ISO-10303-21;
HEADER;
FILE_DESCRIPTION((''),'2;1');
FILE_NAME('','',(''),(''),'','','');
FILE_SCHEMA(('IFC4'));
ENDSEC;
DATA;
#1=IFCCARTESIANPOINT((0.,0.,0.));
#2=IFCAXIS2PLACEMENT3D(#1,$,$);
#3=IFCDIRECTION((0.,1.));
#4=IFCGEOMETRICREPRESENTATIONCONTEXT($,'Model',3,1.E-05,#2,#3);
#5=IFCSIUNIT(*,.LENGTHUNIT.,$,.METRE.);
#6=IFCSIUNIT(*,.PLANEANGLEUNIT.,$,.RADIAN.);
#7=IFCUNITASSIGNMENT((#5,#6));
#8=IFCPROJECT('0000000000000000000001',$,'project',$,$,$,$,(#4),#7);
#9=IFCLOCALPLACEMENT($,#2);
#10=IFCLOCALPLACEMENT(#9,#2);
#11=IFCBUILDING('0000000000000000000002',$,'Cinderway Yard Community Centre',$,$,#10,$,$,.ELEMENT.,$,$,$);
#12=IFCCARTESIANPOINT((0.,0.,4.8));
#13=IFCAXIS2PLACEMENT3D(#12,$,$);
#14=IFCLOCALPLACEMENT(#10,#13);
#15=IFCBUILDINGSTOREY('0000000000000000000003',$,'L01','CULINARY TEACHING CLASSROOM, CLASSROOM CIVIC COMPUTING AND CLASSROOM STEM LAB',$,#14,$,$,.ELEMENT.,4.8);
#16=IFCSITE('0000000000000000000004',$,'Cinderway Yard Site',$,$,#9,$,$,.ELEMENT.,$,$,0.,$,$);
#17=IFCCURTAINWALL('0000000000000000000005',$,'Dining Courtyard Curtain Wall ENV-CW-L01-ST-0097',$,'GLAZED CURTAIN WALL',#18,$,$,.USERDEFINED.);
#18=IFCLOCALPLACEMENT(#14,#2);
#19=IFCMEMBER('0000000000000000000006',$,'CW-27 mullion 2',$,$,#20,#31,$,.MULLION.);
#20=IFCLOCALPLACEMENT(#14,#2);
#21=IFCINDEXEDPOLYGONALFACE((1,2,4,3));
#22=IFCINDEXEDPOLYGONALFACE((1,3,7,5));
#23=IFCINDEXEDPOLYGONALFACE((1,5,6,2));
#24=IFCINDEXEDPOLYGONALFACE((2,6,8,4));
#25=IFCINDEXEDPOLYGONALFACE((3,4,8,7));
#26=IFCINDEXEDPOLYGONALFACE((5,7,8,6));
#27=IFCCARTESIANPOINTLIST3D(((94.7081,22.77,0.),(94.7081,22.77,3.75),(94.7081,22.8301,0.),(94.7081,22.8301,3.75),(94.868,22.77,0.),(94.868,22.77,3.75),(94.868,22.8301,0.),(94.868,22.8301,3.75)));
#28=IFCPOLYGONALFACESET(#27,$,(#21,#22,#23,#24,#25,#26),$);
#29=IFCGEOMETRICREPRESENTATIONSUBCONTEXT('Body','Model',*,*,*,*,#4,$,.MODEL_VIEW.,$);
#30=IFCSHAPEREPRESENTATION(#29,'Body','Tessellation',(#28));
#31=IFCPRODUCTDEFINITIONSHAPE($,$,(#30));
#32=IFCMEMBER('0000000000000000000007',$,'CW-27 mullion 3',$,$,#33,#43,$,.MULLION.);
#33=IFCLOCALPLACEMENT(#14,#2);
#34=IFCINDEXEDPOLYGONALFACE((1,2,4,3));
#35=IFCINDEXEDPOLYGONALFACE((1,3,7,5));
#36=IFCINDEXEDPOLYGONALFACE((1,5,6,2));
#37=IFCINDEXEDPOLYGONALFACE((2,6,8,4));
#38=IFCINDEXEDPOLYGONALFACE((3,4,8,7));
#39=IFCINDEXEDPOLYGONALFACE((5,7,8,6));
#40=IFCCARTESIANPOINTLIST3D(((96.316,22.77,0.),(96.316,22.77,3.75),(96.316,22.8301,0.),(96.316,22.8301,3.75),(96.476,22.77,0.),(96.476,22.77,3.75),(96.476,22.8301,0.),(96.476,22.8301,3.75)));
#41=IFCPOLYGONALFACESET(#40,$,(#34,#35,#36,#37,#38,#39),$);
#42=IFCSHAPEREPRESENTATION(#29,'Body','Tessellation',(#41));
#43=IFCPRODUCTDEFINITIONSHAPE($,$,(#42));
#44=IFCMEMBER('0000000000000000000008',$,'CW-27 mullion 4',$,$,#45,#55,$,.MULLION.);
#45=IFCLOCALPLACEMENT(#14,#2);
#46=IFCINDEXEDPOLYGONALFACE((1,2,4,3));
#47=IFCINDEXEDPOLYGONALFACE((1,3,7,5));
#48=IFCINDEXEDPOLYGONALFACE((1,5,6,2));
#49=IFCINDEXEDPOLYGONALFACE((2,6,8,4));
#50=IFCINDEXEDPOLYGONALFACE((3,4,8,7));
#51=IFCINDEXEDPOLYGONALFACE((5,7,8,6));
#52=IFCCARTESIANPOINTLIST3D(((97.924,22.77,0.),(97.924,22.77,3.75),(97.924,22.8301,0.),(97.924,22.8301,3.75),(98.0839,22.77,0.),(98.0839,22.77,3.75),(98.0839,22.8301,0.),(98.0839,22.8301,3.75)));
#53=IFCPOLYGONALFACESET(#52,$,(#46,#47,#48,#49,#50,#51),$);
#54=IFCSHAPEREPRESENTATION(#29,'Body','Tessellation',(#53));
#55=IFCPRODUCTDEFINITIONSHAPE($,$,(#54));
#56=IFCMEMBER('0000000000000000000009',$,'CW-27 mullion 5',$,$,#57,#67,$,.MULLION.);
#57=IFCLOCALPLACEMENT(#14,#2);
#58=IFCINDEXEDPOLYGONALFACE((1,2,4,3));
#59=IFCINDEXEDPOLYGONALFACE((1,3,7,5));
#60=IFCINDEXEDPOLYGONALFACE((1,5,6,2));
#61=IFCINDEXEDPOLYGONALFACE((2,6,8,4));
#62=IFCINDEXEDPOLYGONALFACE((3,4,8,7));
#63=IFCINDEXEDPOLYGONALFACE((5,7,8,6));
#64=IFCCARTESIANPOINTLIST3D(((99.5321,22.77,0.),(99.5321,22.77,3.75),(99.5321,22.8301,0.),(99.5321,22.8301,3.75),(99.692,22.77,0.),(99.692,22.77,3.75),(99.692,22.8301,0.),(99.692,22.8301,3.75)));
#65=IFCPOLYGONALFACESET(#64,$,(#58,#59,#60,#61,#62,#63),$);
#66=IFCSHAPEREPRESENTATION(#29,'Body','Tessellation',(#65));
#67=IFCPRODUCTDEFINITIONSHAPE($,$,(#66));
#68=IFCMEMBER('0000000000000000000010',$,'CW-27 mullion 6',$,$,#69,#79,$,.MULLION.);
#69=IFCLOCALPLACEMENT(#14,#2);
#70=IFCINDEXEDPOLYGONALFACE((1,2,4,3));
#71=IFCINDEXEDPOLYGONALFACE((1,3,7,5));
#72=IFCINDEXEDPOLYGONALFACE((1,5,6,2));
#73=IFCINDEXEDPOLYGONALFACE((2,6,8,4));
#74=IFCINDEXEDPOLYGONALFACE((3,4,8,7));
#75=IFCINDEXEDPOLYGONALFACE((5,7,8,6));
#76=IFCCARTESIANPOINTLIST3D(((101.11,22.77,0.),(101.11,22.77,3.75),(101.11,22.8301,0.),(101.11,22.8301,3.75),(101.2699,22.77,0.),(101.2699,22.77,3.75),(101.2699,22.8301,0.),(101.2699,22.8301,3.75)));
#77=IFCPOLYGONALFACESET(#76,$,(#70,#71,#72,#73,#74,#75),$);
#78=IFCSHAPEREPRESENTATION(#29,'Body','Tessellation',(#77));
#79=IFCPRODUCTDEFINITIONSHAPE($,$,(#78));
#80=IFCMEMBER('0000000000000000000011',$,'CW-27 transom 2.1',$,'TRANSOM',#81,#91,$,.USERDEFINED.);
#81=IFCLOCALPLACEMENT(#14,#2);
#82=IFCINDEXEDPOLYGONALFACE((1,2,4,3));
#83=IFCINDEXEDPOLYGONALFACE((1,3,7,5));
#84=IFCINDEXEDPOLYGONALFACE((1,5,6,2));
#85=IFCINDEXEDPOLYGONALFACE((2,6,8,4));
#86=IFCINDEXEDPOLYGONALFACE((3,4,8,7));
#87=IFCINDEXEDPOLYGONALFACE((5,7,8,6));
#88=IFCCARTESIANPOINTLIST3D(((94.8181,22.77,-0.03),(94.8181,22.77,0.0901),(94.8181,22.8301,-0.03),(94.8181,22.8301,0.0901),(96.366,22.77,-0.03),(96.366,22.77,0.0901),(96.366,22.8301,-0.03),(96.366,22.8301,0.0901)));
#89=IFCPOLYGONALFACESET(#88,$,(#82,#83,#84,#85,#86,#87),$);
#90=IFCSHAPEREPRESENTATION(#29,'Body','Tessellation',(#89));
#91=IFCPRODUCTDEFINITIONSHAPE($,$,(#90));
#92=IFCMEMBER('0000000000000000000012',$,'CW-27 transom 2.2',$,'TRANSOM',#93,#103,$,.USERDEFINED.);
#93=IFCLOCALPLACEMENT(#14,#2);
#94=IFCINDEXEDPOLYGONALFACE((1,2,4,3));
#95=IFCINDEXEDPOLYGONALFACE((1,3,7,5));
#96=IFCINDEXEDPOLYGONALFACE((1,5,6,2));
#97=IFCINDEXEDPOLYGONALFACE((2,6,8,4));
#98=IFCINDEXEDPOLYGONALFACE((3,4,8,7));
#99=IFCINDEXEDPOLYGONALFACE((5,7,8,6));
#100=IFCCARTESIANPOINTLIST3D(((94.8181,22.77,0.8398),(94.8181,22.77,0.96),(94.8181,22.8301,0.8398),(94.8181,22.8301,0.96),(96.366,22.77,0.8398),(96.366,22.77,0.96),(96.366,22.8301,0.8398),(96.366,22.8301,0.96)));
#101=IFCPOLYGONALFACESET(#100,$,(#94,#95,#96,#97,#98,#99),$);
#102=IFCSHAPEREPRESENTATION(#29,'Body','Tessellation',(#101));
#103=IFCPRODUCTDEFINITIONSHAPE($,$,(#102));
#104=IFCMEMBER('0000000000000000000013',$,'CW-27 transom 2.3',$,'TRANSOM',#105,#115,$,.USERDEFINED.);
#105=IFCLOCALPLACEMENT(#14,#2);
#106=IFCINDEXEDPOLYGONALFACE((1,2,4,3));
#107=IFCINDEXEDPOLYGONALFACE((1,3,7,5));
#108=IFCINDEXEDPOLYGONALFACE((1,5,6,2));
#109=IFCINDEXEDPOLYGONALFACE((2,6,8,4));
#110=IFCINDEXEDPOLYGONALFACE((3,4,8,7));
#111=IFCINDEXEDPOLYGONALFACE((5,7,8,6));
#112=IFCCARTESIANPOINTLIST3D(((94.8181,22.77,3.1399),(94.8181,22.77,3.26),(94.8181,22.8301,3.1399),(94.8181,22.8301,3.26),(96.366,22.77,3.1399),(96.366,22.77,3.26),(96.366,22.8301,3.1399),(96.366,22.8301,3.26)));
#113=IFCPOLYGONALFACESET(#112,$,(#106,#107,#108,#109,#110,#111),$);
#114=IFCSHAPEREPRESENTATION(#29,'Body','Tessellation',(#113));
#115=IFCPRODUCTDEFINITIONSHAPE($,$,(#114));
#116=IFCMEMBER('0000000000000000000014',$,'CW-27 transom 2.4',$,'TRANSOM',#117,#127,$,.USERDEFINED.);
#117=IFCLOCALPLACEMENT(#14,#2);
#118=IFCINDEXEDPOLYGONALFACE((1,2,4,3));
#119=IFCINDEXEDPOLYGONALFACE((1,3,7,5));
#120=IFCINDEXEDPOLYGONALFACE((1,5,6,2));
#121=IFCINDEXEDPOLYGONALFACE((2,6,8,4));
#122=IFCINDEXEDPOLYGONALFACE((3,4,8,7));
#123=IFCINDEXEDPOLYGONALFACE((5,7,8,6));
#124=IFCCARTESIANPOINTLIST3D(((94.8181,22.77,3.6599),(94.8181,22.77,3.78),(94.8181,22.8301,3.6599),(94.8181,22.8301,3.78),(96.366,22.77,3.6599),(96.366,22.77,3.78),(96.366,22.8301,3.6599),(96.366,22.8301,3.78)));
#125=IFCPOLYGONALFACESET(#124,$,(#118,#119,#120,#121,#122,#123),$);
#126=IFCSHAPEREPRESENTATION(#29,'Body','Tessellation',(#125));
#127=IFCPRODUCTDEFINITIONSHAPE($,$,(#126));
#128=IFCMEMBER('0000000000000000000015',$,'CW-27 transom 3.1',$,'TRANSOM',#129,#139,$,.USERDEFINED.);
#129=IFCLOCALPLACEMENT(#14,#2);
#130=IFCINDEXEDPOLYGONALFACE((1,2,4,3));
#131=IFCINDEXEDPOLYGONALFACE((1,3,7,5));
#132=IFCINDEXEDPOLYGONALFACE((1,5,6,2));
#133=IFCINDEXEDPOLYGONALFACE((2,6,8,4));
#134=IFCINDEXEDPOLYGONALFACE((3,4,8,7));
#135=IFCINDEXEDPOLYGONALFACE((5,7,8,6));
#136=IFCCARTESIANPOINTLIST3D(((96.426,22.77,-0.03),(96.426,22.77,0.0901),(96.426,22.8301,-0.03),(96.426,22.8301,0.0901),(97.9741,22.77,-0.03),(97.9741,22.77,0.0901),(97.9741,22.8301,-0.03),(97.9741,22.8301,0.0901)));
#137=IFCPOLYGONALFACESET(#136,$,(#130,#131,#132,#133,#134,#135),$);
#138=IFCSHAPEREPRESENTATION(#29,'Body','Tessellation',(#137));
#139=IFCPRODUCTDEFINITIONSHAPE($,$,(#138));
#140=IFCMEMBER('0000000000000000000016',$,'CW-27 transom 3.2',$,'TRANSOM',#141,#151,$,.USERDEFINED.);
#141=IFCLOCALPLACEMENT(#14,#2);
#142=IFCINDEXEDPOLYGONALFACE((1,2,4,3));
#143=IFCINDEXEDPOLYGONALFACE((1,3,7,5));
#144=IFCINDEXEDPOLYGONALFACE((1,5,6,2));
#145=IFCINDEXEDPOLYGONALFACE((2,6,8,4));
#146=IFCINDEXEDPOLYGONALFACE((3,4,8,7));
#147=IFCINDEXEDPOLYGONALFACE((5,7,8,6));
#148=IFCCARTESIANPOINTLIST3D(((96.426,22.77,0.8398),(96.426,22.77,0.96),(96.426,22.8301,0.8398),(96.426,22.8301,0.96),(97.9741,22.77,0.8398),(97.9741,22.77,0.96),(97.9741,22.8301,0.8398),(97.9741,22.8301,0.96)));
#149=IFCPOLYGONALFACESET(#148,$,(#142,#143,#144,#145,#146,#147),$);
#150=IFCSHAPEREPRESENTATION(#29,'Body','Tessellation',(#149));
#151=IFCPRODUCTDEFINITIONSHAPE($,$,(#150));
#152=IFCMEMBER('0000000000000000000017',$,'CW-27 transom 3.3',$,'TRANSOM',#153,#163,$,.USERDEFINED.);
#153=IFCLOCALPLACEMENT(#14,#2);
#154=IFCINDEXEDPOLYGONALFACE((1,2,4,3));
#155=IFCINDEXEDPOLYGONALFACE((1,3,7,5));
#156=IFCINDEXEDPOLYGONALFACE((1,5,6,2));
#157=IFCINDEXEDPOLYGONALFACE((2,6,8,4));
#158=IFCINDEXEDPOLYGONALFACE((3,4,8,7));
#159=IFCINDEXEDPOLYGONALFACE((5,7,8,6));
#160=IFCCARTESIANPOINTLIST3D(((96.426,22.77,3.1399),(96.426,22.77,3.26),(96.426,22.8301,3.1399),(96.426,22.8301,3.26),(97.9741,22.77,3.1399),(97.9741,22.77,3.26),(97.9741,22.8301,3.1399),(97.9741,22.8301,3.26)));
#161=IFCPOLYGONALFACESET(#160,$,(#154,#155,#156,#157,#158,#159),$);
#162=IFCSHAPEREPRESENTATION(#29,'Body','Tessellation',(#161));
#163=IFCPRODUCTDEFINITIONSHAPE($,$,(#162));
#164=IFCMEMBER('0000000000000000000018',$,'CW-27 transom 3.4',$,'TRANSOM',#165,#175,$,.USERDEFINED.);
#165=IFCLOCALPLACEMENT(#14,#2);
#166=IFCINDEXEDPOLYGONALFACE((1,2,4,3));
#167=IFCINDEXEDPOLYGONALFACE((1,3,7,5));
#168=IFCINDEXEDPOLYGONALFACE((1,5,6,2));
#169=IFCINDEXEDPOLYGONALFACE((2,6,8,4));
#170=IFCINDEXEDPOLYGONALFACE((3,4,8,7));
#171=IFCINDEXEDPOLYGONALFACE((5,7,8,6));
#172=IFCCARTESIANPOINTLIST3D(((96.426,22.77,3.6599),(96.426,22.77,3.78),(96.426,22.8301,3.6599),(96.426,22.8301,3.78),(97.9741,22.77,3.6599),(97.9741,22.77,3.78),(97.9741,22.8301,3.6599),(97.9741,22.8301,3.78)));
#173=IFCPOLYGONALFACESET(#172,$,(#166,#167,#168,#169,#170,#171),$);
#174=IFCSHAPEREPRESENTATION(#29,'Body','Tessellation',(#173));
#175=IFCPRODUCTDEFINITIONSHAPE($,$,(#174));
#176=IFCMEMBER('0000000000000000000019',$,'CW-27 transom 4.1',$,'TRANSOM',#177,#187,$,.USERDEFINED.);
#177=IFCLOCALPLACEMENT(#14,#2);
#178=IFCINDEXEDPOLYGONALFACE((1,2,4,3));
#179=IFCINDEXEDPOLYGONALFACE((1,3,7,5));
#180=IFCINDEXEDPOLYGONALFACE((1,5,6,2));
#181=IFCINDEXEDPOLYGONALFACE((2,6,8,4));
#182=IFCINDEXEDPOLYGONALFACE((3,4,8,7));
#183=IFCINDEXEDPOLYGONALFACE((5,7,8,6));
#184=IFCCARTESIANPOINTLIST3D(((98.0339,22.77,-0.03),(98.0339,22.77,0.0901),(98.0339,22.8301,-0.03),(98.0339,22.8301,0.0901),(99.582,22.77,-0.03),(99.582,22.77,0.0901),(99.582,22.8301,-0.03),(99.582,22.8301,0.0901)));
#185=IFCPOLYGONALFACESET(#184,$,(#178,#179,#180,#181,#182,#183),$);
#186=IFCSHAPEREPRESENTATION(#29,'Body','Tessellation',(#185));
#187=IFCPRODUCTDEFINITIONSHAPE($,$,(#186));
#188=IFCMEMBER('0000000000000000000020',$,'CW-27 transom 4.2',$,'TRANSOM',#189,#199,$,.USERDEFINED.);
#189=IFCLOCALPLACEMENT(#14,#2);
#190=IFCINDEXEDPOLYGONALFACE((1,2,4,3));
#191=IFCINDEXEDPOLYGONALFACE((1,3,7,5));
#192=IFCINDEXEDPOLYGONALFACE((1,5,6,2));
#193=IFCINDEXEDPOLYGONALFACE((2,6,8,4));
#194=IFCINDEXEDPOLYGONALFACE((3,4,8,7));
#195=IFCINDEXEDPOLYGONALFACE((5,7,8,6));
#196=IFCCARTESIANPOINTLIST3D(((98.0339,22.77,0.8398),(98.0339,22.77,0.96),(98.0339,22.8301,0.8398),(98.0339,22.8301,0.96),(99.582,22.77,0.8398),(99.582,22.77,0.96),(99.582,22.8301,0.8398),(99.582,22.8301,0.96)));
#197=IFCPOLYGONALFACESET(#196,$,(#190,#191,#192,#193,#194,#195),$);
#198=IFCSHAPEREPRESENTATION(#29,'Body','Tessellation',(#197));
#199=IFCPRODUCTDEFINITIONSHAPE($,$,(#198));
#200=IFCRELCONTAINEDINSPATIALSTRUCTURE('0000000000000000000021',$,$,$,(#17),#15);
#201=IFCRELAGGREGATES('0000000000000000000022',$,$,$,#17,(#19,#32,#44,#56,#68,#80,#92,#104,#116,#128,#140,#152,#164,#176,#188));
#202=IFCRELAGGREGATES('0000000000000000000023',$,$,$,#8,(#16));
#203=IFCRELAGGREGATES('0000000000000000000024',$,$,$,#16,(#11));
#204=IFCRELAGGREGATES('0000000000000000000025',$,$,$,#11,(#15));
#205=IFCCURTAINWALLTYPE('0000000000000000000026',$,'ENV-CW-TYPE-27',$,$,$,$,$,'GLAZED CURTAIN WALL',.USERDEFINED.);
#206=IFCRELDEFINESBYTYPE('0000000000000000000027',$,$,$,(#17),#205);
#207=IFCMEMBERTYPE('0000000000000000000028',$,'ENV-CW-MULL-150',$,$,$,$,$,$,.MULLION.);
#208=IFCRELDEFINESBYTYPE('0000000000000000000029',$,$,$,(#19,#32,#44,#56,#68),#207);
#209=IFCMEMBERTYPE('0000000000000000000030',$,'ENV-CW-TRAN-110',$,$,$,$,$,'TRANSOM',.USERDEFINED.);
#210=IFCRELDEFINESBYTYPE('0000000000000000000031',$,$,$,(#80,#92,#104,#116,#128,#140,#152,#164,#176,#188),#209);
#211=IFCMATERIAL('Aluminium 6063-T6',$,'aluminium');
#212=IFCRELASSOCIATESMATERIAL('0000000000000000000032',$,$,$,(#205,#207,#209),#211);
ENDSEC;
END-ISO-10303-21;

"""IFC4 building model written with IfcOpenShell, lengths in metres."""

from ifc_helpers import new_model, si_unit, direction, frame, origin, origin_2d, place, context, subcontext, project, spatial, rectangle, extrude, material, material_profile, profile_set, type_object, element, aggregate, save


model = new_model("IFC4")

# Units and contexts
model_context = context("Model", 3, precision=1e-05, world=origin(), true_north=direction((0.0, 1.0)))
body_context = subcontext(model_context, "Body", "Model", "MODEL_VIEW")
ifc_project = project(units=[si_unit("LENGTHUNIT", "METRE"), si_unit("PLANEANGLEUNIT", "RADIAN")], contexts=[model_context])

# Site, building, storey
site_placement = place(None, origin())
site = spatial("IfcSite", under=ifc_project, at=site_placement, Name="Cinderway Yard Site", CompositionType="ELEMENT", RefElevation=0.0)
building_placement = place(site_placement, origin())
building = spatial("IfcBuilding", under=site, at=building_placement, Name="Cinderway Yard Community Centre", CompositionType="ELEMENT")
storey_placement = place(building_placement, frame((0.0, 0.0, 4.8)))
storey = spatial("IfcBuildingStorey", under=building, at=storey_placement, Name="L01", Description="CULINARY TEACHING CLASSROOM, CLASSROOM CIVIC COMPUTING AND CLASSROOM STEM LAB", CompositionType="ELEMENT", Elevation=4.8)

# Curtain wall, members
ifc_material_1 = material(Name="Aluminium 6063-T6", Category="aluminium")
curtain_wall_type = type_object("IfcCurtainWallType", Name="ENV-CW-TYPE-27", ElementType="GLAZED CURTAIN WALL", PredefinedType="USERDEFINED", material=ifc_material_1)
curtain_wall_placement = place(storey_placement, origin())
curtain_wall = element("IfcCurtainWall", 1, at=curtain_wall_placement, inside=storey, type_object=curtain_wall_type, Name="Dining Courtyard Curtain Wall ENV-CW-L01-ST-0097", ObjectType="GLAZED CURTAIN WALL", PredefinedType="USERDEFINED")
ifc_material_profile_1 = material_profile(ifc_material_1, rectangle(XDim=0.0601, YDim=0.1599, at=origin_2d()), Name="Aluminium 6063-T6")
ifc_profile_set_1 = profile_set([ifc_material_profile_1], Name="Aluminium 6063-T6")
member_type_1 = type_object("IfcMemberType", Name="ENV-CW-MULL-150", PredefinedType="MULLION", material=ifc_profile_set_1)
member_1_placement = place(storey_placement, frame((94.7881, 22.8, 0.0), z_axis=(0.0, 0.0, 1.0), x_axis=(0.0, 1.0, 0.0)))
member_1 = element("IfcMember", 2, at=member_1_placement, type_object=member_type_1, Name="CW-27 mullion 2", PredefinedType="MULLION", context=body_context, shape_type="SweptSolid", body=[
    extrude(rectangle(XDim=0.0601, YDim=0.1599, at=origin_2d()), origin(), (0.0, 0.0, 1.0), 3.75),
])
member_2_placement = place(storey_placement, frame((96.396, 22.8, 0.0), z_axis=(0.0, 0.0, 1.0), x_axis=(0.0, 1.0, 0.0)))
member_2 = element("IfcMember", 3, at=member_2_placement, type_object=member_type_1, Name="CW-27 mullion 3", PredefinedType="MULLION", context=body_context, shape_type="SweptSolid", body=[
    extrude(rectangle(XDim=0.0601, YDim=0.1599, at=origin_2d()), origin(), (0.0, 0.0, 1.0), 3.75),
])
member_3_placement = place(storey_placement, frame((98.0039, 22.8, 0.0), z_axis=(0.0, 0.0, 1.0), x_axis=(0.0, 1.0, 0.0)))
member_3 = element("IfcMember", 4, at=member_3_placement, type_object=member_type_1, Name="CW-27 mullion 4", PredefinedType="MULLION", context=body_context, shape_type="SweptSolid", body=[
    extrude(rectangle(XDim=0.0601, YDim=0.1599, at=origin_2d()), origin(), (0.0, 0.0, 1.0), 3.75),
])
member_4_placement = place(storey_placement, frame((99.6121, 22.8, 0.0), z_axis=(0.0, 0.0, 1.0), x_axis=(0.0, 1.0, 0.0)))
member_4 = element("IfcMember", 5, at=member_4_placement, type_object=member_type_1, Name="CW-27 mullion 5", PredefinedType="MULLION", context=body_context, shape_type="SweptSolid", body=[
    extrude(rectangle(XDim=0.0601, YDim=0.1599, at=origin_2d()), origin(), (0.0, 0.0, 1.0), 3.75),
])
member_5_placement = place(storey_placement, frame((101.1899, 22.8, 0.0), z_axis=(0.0, 0.0, 1.0), x_axis=(0.0, 1.0, 0.0)))
member_5 = element("IfcMember", 6, at=member_5_placement, type_object=member_type_1, Name="CW-27 mullion 6", PredefinedType="MULLION", context=body_context, shape_type="SweptSolid", body=[
    extrude(rectangle(XDim=0.0601, YDim=0.1599, at=origin_2d()), origin(), (0.0, 0.0, 1.0), 3.75),
])
ifc_material_profile_2 = material_profile(ifc_material_1, rectangle(XDim=0.0601, YDim=0.1201, at=origin_2d()), Name="Aluminium 6063-T6")
ifc_profile_set_2 = profile_set([ifc_material_profile_2], Name="Aluminium 6063-T6")
member_type_2 = type_object("IfcMemberType", Name="ENV-CW-TRAN-110", ElementType="TRANSOM", PredefinedType="USERDEFINED", material=ifc_profile_set_2)
member_6_placement = place(storey_placement, frame((94.8181, 22.8, 0.03), z_axis=(1.0, 0.0, 0.0), x_axis=(0.0, 1.0, 0.0)))
member_6 = element("IfcMember", 7, at=member_6_placement, type_object=member_type_2, Name="CW-27 transom 2.1", ObjectType="TRANSOM", PredefinedType="USERDEFINED", context=body_context, shape_type="SweptSolid", body=[
    extrude(rectangle(XDim=0.0601, YDim=0.1201, at=origin_2d()), origin(), (0.0, 0.0, 1.0), 1.5479),
])
member_7_placement = place(storey_placement, frame((94.8181, 22.8, 0.8999), z_axis=(1.0, 0.0, 0.0), x_axis=(0.0, 1.0, 0.0)))
member_7 = element("IfcMember", 8, at=member_7_placement, type_object=member_type_2, Name="CW-27 transom 2.2", ObjectType="TRANSOM", PredefinedType="USERDEFINED", context=body_context, shape_type="SweptSolid", body=[
    extrude(rectangle(XDim=0.0601, YDim=0.1201, at=origin_2d()), origin(), (0.0, 0.0, 1.0), 1.5479),
])
member_8_placement = place(storey_placement, frame((94.8181, 22.8, 3.2), z_axis=(1.0, 0.0, 0.0), x_axis=(0.0, 1.0, 0.0)))
member_8 = element("IfcMember", 9, at=member_8_placement, type_object=member_type_2, Name="CW-27 transom 2.3", ObjectType="TRANSOM", PredefinedType="USERDEFINED", context=body_context, shape_type="SweptSolid", body=[
    extrude(rectangle(XDim=0.0601, YDim=0.1201, at=origin_2d()), origin(), (0.0, 0.0, 1.0), 1.5479),
])
member_9_placement = place(storey_placement, frame((94.8181, 22.8, 3.72), z_axis=(1.0, 0.0, 0.0), x_axis=(0.0, 1.0, 0.0)))
member_9 = element("IfcMember", 10, at=member_9_placement, type_object=member_type_2, Name="CW-27 transom 2.4", ObjectType="TRANSOM", PredefinedType="USERDEFINED", context=body_context, shape_type="SweptSolid", body=[
    extrude(rectangle(XDim=0.0601, YDim=0.1201, at=origin_2d()), origin(), (0.0, 0.0, 1.0), 1.5479),
])
member_10_placement = place(storey_placement, frame((96.426, 22.8, 0.03), z_axis=(1.0, 0.0, 0.0), x_axis=(0.0, 1.0, 0.0)))
member_10 = element("IfcMember", 11, at=member_10_placement, type_object=member_type_2, Name="CW-27 transom 3.1", ObjectType="TRANSOM", PredefinedType="USERDEFINED", context=body_context, shape_type="SweptSolid", body=[
    extrude(rectangle(XDim=0.0601, YDim=0.1201, at=origin_2d()), origin(), (0.0, 0.0, 1.0), 1.5481),
])
member_11_placement = place(storey_placement, frame((96.426, 22.8, 0.8999), z_axis=(1.0, 0.0, 0.0), x_axis=(0.0, 1.0, 0.0)))
member_11 = element("IfcMember", 12, at=member_11_placement, type_object=member_type_2, Name="CW-27 transom 3.2", ObjectType="TRANSOM", PredefinedType="USERDEFINED", context=body_context, shape_type="SweptSolid", body=[
    extrude(rectangle(XDim=0.0601, YDim=0.1201, at=origin_2d()), origin(), (0.0, 0.0, 1.0), 1.5481),
])
member_12_placement = place(storey_placement, frame((96.426, 22.8, 3.2), z_axis=(1.0, 0.0, 0.0), x_axis=(0.0, 1.0, 0.0)))
member_12 = element("IfcMember", 13, at=member_12_placement, type_object=member_type_2, Name="CW-27 transom 3.3", ObjectType="TRANSOM", PredefinedType="USERDEFINED", context=body_context, shape_type="SweptSolid", body=[
    extrude(rectangle(XDim=0.0601, YDim=0.1201, at=origin_2d()), origin(), (0.0, 0.0, 1.0), 1.5481),
])
member_13_placement = place(storey_placement, frame((96.426, 22.8, 3.72), z_axis=(1.0, 0.0, 0.0), x_axis=(0.0, 1.0, 0.0)))
member_13 = element("IfcMember", 14, at=member_13_placement, type_object=member_type_2, Name="CW-27 transom 3.4", ObjectType="TRANSOM", PredefinedType="USERDEFINED", context=body_context, shape_type="SweptSolid", body=[
    extrude(rectangle(XDim=0.0601, YDim=0.1201, at=origin_2d()), origin(), (0.0, 0.0, 1.0), 1.5481),
])
member_14_placement = place(storey_placement, frame((98.0339, 22.8, 0.03), z_axis=(1.0, 0.0, 0.0), x_axis=(0.0, 1.0, 0.0)))
member_14 = element("IfcMember", 15, at=member_14_placement, type_object=member_type_2, Name="CW-27 transom 4.1", ObjectType="TRANSOM", PredefinedType="USERDEFINED", context=body_context, shape_type="SweptSolid", body=[
    extrude(rectangle(XDim=0.0601, YDim=0.1201, at=origin_2d()), origin(), (0.0, 0.0, 1.0), 1.5481),
])
member_15_placement = place(storey_placement, frame((98.0339, 22.8, 0.8999), z_axis=(1.0, 0.0, 0.0), x_axis=(0.0, 1.0, 0.0)))
member_15 = element("IfcMember", 16, at=member_15_placement, type_object=member_type_2, Name="CW-27 transom 4.2", ObjectType="TRANSOM", PredefinedType="USERDEFINED", context=body_context, shape_type="SweptSolid", body=[
    extrude(rectangle(XDim=0.0601, YDim=0.1201, at=origin_2d()), origin(), (0.0, 0.0, 1.0), 1.5481),
])
aggregate(curtain_wall, [member_1, member_2, member_3, member_4, member_5, member_6, member_7, member_8, member_9, member_10, member_11, member_12, member_13, member_14, member_15])

save(model, "model.ifc")
